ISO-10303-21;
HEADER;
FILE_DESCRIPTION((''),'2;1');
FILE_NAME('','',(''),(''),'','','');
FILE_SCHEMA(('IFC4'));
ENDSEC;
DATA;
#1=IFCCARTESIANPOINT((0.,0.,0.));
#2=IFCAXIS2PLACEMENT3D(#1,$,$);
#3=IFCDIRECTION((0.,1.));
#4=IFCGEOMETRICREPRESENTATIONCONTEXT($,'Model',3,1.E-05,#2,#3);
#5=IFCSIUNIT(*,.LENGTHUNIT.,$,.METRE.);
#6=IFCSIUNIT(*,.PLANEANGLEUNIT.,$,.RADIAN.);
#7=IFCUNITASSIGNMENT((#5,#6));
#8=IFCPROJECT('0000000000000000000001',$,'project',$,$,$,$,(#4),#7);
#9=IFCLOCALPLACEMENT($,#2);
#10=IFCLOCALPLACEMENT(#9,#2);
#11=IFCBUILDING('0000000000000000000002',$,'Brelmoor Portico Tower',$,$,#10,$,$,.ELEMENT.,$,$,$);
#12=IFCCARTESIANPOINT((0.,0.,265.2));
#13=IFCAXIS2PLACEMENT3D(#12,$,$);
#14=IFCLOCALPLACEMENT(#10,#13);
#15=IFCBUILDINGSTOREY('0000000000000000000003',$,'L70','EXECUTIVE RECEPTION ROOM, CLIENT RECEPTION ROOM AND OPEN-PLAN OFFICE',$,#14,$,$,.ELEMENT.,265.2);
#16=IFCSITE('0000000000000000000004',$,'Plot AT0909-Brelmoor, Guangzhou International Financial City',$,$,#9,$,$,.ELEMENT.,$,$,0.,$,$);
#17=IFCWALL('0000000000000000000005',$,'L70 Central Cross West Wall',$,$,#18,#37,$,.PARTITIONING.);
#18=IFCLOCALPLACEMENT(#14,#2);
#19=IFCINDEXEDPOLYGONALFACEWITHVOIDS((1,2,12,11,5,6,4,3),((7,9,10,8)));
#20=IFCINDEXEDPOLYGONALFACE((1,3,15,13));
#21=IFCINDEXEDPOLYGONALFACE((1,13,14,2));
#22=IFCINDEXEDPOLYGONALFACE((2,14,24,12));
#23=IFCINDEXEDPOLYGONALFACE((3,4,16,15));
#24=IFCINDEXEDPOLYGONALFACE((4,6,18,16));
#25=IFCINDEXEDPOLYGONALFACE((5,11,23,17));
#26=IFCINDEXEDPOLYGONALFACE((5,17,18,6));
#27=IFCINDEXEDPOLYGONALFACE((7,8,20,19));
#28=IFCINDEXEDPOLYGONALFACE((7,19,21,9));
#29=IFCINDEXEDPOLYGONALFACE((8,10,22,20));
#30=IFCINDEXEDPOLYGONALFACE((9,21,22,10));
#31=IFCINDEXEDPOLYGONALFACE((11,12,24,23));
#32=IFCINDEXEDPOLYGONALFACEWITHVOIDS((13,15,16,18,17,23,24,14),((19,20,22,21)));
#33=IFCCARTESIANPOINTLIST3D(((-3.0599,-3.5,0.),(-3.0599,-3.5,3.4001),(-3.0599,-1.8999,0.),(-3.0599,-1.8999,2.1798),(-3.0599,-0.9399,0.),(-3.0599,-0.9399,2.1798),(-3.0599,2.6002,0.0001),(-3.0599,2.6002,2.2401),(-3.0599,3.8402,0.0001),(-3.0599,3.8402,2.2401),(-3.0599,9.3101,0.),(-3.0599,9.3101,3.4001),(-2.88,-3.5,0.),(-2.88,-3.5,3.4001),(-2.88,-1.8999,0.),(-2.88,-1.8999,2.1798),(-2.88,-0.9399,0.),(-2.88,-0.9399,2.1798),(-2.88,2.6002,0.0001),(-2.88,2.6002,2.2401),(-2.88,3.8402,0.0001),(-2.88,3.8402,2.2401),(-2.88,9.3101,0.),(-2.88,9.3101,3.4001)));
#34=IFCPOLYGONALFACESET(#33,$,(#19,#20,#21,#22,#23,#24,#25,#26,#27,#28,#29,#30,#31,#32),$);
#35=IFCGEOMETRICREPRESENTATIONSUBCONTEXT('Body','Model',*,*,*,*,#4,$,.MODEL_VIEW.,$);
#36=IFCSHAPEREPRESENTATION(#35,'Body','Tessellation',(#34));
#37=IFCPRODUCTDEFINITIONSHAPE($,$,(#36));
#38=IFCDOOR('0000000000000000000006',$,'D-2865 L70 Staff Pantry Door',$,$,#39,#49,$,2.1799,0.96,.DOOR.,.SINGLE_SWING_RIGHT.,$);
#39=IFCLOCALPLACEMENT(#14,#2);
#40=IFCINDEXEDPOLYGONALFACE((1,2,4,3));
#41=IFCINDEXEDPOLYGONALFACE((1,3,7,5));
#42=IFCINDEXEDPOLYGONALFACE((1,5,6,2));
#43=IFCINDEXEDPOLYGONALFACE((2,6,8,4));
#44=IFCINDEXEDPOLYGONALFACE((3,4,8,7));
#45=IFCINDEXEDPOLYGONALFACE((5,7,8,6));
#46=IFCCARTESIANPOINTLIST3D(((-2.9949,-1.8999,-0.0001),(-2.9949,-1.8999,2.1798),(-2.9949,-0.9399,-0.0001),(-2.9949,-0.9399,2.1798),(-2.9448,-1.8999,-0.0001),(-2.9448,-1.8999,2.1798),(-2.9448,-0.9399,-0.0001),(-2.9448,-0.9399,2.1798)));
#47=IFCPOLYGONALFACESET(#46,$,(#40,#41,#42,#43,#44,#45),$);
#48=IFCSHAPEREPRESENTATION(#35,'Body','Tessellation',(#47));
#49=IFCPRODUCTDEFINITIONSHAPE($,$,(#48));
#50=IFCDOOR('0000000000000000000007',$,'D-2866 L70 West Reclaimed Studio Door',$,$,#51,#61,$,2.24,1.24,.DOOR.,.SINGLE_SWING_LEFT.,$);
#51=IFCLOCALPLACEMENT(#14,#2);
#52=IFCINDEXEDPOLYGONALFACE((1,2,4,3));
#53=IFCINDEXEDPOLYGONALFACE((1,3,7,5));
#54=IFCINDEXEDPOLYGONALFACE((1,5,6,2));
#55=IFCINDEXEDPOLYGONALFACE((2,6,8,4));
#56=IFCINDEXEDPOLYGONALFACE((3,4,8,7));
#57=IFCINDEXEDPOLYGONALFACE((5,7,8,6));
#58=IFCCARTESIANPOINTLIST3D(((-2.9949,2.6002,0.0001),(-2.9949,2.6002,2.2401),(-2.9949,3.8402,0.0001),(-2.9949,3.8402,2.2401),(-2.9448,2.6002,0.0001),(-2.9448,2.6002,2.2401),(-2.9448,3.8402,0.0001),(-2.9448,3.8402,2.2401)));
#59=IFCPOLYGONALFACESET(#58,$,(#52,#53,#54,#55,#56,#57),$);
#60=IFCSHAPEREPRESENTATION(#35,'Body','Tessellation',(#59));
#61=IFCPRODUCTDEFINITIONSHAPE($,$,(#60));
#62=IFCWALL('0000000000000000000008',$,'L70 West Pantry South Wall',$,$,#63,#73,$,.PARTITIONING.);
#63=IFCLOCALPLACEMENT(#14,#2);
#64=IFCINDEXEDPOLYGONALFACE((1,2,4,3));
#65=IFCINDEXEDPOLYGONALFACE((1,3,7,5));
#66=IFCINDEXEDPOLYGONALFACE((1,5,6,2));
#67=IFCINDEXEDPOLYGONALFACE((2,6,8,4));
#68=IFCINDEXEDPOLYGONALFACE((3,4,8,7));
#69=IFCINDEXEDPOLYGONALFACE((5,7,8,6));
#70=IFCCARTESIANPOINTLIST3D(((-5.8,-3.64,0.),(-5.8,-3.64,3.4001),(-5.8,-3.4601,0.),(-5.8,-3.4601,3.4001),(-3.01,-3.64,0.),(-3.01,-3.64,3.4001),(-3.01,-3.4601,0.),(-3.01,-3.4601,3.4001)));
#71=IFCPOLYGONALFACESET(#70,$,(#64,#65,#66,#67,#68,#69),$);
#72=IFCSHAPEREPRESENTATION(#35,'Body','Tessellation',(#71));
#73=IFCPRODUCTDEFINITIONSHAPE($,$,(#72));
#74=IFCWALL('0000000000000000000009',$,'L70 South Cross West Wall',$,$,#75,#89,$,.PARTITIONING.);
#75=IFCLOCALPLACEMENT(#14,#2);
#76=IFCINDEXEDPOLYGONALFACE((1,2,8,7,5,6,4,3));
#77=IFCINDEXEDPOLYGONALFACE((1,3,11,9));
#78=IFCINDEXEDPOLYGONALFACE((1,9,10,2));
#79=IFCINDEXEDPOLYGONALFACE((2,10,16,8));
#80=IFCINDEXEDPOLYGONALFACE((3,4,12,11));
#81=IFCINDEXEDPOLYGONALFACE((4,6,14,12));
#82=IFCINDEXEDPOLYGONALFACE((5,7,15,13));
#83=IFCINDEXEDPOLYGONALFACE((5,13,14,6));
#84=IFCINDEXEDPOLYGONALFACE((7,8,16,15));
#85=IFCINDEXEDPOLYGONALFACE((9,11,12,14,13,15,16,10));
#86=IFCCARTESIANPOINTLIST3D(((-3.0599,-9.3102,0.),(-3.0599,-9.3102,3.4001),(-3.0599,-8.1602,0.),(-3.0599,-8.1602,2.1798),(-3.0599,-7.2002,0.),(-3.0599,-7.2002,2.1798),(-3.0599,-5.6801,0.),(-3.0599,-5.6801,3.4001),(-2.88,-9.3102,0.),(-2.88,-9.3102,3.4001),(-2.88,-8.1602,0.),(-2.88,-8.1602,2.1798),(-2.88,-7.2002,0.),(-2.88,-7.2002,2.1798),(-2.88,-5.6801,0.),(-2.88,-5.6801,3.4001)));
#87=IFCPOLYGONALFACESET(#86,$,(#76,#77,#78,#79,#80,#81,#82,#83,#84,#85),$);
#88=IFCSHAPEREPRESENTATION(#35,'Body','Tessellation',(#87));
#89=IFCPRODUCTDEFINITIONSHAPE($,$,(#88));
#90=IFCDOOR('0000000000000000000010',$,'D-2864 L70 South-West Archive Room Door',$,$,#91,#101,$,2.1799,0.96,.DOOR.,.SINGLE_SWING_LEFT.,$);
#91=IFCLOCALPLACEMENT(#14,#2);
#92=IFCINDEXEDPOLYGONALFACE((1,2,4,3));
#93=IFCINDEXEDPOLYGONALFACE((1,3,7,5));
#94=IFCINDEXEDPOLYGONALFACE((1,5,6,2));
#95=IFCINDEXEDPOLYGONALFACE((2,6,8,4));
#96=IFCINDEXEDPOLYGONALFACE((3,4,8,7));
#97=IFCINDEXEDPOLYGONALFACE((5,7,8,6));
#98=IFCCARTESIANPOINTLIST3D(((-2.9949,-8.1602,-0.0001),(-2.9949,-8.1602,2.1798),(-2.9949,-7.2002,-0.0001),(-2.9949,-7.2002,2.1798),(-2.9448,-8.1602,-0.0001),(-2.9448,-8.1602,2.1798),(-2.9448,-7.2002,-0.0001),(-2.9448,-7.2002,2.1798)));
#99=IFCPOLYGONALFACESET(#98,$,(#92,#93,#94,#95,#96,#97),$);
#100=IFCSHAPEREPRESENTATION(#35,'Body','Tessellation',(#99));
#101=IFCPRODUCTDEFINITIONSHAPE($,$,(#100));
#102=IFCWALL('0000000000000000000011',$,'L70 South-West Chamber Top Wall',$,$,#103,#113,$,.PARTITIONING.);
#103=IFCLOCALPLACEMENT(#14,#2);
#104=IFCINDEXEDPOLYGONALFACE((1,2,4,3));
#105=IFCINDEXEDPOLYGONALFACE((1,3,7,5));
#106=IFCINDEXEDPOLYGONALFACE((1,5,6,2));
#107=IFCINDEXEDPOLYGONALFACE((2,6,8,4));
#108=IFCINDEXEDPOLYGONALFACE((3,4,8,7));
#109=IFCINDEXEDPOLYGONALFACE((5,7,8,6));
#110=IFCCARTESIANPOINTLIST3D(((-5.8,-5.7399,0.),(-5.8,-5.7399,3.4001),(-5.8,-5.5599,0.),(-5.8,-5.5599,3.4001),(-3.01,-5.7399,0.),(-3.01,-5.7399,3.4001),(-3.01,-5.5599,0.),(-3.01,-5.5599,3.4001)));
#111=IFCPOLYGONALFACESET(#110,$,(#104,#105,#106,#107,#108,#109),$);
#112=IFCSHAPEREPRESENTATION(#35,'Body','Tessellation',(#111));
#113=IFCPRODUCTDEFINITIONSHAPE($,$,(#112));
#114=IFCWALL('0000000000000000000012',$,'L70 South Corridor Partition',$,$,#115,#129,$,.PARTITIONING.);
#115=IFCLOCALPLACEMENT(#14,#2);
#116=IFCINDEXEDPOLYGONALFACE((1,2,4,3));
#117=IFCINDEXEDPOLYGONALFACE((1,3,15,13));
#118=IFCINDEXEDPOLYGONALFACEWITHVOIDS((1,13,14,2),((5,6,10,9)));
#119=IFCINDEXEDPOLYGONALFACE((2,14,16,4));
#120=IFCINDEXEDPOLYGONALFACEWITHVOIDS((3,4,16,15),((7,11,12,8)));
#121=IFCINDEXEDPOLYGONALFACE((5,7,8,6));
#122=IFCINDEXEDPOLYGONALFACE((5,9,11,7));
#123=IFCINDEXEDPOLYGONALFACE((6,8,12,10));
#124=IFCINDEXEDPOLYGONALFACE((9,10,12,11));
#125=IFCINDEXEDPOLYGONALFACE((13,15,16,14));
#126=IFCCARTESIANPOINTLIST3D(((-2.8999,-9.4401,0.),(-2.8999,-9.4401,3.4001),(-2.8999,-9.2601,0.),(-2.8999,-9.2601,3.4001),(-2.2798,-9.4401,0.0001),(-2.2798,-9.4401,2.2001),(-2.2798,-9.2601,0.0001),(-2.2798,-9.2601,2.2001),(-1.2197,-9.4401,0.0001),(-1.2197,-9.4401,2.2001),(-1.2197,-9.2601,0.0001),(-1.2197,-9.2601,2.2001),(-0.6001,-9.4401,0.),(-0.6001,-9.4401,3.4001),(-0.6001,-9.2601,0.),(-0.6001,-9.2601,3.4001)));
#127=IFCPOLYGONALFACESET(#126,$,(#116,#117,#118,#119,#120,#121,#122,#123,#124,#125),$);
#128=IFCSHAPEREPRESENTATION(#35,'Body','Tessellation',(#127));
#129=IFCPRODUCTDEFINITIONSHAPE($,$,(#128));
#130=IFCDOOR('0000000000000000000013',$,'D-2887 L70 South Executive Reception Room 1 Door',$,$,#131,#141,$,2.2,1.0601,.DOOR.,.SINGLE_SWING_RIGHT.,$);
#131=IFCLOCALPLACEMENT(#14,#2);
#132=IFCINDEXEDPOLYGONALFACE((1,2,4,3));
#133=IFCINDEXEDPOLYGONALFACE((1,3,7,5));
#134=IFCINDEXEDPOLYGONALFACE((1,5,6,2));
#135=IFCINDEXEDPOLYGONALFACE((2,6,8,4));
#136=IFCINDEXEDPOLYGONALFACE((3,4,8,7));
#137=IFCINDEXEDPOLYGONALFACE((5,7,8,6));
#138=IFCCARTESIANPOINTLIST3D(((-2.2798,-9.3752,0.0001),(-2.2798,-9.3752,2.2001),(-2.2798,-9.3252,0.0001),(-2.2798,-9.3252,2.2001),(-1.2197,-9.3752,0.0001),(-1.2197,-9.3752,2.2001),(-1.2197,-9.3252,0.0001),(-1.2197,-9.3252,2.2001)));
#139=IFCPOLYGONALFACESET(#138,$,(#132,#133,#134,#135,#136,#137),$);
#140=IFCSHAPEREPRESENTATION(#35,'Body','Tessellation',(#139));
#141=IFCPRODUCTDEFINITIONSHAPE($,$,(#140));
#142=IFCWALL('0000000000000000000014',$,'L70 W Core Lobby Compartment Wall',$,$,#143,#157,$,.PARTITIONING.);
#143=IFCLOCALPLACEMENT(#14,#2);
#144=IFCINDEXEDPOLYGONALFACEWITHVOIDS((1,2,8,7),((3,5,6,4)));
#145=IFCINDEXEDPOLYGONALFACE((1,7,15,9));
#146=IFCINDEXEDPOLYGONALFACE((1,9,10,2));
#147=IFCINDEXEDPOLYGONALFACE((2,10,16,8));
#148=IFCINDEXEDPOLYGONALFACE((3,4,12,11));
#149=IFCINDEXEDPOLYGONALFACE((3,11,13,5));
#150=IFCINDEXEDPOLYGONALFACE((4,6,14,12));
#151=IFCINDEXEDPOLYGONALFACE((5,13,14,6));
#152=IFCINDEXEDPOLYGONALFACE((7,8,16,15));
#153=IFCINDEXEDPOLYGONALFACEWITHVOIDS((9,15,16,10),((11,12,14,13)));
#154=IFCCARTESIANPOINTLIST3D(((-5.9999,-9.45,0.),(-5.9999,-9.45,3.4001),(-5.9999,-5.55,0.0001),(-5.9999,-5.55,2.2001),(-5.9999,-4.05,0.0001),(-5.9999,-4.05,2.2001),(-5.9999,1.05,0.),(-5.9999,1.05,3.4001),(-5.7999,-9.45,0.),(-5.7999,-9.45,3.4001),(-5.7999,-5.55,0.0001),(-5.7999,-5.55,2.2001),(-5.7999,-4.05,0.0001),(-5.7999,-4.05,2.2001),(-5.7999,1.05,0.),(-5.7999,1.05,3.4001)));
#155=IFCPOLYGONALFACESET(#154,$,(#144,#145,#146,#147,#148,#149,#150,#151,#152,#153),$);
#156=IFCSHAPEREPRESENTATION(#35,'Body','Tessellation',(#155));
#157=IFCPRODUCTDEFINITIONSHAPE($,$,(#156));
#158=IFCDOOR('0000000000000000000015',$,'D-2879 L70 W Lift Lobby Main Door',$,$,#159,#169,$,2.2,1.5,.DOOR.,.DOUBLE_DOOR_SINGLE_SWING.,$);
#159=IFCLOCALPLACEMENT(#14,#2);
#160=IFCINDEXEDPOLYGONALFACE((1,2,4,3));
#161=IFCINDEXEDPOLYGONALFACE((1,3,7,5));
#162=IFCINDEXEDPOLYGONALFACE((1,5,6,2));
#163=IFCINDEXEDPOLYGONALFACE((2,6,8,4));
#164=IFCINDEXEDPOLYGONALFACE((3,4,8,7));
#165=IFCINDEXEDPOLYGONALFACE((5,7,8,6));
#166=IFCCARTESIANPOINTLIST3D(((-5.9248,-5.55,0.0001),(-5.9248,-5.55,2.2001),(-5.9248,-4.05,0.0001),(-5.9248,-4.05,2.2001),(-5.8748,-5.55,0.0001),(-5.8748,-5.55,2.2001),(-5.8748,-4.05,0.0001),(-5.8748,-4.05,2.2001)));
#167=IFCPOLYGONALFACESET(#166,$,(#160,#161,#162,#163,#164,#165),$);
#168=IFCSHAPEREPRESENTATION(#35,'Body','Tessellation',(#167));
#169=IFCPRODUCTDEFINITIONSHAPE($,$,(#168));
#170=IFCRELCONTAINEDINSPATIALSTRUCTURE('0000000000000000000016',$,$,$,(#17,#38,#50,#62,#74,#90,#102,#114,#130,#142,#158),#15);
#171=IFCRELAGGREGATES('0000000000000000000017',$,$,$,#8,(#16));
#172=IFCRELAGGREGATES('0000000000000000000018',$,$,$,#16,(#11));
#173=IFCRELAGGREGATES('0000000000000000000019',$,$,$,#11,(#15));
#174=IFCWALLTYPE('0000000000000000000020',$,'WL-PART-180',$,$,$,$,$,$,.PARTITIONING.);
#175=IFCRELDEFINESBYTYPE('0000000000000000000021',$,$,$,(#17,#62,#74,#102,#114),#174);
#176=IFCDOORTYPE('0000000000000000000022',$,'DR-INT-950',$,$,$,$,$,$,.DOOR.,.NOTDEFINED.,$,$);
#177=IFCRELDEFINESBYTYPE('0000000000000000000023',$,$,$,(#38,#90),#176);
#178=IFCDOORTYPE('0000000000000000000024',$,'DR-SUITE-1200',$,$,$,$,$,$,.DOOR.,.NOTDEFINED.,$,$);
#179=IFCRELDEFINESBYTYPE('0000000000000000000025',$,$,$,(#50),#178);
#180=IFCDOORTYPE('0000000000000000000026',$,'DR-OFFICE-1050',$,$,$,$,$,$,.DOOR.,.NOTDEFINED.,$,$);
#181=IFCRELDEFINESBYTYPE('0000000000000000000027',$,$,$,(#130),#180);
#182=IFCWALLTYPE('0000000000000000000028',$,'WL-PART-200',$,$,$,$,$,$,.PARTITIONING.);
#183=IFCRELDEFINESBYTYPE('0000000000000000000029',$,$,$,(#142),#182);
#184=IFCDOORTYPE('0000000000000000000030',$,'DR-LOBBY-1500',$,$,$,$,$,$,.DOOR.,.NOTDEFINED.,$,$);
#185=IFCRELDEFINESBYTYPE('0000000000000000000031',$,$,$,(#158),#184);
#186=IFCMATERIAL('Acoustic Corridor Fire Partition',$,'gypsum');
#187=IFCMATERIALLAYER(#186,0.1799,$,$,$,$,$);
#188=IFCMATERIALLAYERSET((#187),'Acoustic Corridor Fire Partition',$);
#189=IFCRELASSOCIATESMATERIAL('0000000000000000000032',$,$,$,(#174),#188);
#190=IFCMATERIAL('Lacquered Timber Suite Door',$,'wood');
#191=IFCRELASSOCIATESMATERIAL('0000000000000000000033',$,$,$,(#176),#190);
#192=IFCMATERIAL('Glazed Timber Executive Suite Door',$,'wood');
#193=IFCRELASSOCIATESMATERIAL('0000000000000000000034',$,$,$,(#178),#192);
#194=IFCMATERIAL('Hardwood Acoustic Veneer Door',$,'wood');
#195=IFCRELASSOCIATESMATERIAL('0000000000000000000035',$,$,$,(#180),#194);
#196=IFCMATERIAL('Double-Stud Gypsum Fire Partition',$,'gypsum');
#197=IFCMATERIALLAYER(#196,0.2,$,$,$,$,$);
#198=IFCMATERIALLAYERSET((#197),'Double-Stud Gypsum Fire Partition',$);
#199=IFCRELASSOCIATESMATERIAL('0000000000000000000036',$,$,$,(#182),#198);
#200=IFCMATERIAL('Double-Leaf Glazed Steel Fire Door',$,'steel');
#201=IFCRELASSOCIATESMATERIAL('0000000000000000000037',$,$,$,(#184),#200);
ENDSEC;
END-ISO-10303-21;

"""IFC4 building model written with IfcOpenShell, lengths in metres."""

from ifc_helpers import new_model, si_unit, direction, frame, frame_2d, origin, place, context, subcontext, project, spatial, rectangle, extrude, material, layer, layer_set, type_object, element, fill, save


model = new_model("IFC4")

# Units and contexts
model_context = context("Model", 3, precision=1e-05, world=origin(), true_north=direction((0.0, 1.0)))
body_context = subcontext(model_context, "Body", "Model", "MODEL_VIEW")
ifc_project = project(units=[si_unit("LENGTHUNIT", "METRE"), si_unit("PLANEANGLEUNIT", "RADIAN")], contexts=[model_context])

# Site, building, storey
site_placement = place(None, origin())
site = spatial("IfcSite", under=ifc_project, at=site_placement, Name="Plot AT0909-Brelmoor, Guangzhou International Financial City", CompositionType="ELEMENT", RefElevation=0.0)
building_placement = place(site_placement, origin())
building = spatial("IfcBuilding", under=site, at=building_placement, Name="Brelmoor Portico Tower", CompositionType="ELEMENT")
storey_placement = place(building_placement, frame((0.0, 0.0, 265.2)))
storey = spatial("IfcBuildingStorey", under=building, at=storey_placement, Name="L70", Description="EXECUTIVE RECEPTION ROOM, CLIENT RECEPTION ROOM AND OPEN-PLAN OFFICE", CompositionType="ELEMENT", Elevation=265.2)

# Wall, openings, doors
ifc_material_1 = material(Name="Acoustic Corridor Fire Partition", Category="gypsum")
ifc_layer_1 = layer(ifc_material_1, 0.1799)
ifc_layer_set_1 = layer_set([ifc_layer_1], Name="Acoustic Corridor Fire Partition")
wall_type_1 = type_object("IfcWallType", Name="WL-PART-180", PredefinedType="PARTITIONING", material=ifc_layer_set_1)
wall_1_placement = place(storey_placement, frame((-2.97, -3.5, 0.0), z_axis=(0.0, 0.0, 1.0), x_axis=(0.0, 1.0, 0.0)))
wall_1 = element("IfcWall", 1, at=wall_1_placement, inside=storey, type_object=wall_type_1, Name="L70 Central Cross West Wall", PredefinedType="PARTITIONING", context=body_context, shape_type="SweptSolid", body=[
    extrude(rectangle(XDim=12.8101, YDim=0.1799, at=frame_2d((6.405, 0.0))), origin(), (0.0, 0.0, 1.0), 3.4001),
])
opening_1_placement = place(wall_1_placement, frame((6.1001, 0.0, 0.0)))
opening_1 = element("IfcOpeningElement", 2, at=opening_1_placement, cuts=wall_1, PredefinedType="OPENING", context=body_context, shape_type="SweptSolid", body=[
    extrude(rectangle(XDim=1.24, YDim=2.24, at=frame_2d((0.6201, 1.1201))), frame((0.0, 0.0999, 0.0), z_axis=(0.0, -1.0, 0.0), x_axis=(1.0, 0.0, 0.0)), (0.0, 0.0, 1.0), 0.2),
])
opening_2_placement = place(wall_1_placement, frame((1.6001, 0.0, 0.0)))
opening_2 = element("IfcOpeningElement", 3, at=opening_2_placement, cuts=wall_1, PredefinedType="OPENING", context=body_context, shape_type="SweptSolid", body=[
    extrude(rectangle(XDim=0.96, YDim=2.1799, at=frame_2d((0.48, 1.0898))), frame((0.0, 0.0999, 0.0), z_axis=(0.0, -1.0, 0.0), x_axis=(1.0, 0.0, 0.0)), (0.0, 0.0, 1.0), 0.2),
])
ifc_material_2 = material(Name="Lacquered Timber Suite Door", Category="wood")
door_type_1 = type_object("IfcDoorType", Name="DR-INT-950", OperationType="NOTDEFINED", PredefinedType="DOOR", material=ifc_material_2)
door_1_placement = place(opening_2_placement, origin())
door_1 = element("IfcDoor", 4, at=door_1_placement, inside=storey, type_object=door_type_1, Name="D-2865 L70 Staff Pantry Door", OperationType="SINGLE_SWING_RIGHT", OverallHeight=2.1799, OverallWidth=0.96, PredefinedType="DOOR", context=body_context, shape_type="SweptSolid", body=[
    extrude(rectangle(XDim=0.96, YDim=2.1799, at=frame_2d((0.48, 1.0898))), frame((0.0, 0.0249, 0.0), z_axis=(0.0, -1.0, 0.0), x_axis=(1.0, 0.0, 0.0)), (0.0, 0.0, 1.0), 0.05),
])
fill(opening_2, door_1)
ifc_material_3 = material(Name="Glazed Timber Executive Suite Door", Category="wood")
door_type_2 = type_object("IfcDoorType", Name="DR-SUITE-1200", OperationType="NOTDEFINED", PredefinedType="DOOR", material=ifc_material_3)
door_2_placement = place(opening_1_placement, origin())
door_2 = element("IfcDoor", 5, at=door_2_placement, inside=storey, type_object=door_type_2, Name="D-2866 L70 West Reclaimed Studio Door", OperationType="SINGLE_SWING_LEFT", OverallHeight=2.24, OverallWidth=1.24, PredefinedType="DOOR", context=body_context, shape_type="SweptSolid", body=[
    extrude(rectangle(XDim=1.24, YDim=2.24, at=frame_2d((0.6201, 1.1201))), frame((0.0, 0.0249, 0.0), z_axis=(0.0, -1.0, 0.0), x_axis=(1.0, 0.0, 0.0)), (0.0, 0.0, 1.0), 0.05),
])
fill(opening_1, door_2)

# Wall
wall_2_placement = place(storey_placement, frame((-5.8, -3.55, 0.0), z_axis=(0.0, 0.0, 1.0), x_axis=(1.0, 0.0, 0.0)))
element("IfcWall", 6, at=wall_2_placement, inside=storey, type_object=wall_type_1, Name="L70 West Pantry South Wall", PredefinedType="PARTITIONING", context=body_context, shape_type="SweptSolid", body=[
    extrude(rectangle(XDim=2.79, YDim=0.1799, at=frame_2d((1.395, 0.0))), origin(), (0.0, 0.0, 1.0), 3.4001),
])

# Wall, opening, door
wall_3_placement = place(storey_placement, frame((-2.97, -9.3101, 0.0), z_axis=(0.0, 0.0, 1.0), x_axis=(0.0, 1.0, 0.0)))
wall_3 = element("IfcWall", 7, at=wall_3_placement, inside=storey, type_object=wall_type_1, Name="L70 South Cross West Wall", PredefinedType="PARTITIONING", context=body_context, shape_type="SweptSolid", body=[
    extrude(rectangle(XDim=3.6301, YDim=0.1799, at=frame_2d((1.8149, 0.0))), origin(), (0.0, 0.0, 1.0), 3.4001),
])
opening_3_placement = place(wall_3_placement, frame((1.1499, 0.0, 0.0)))
opening_3 = element("IfcOpeningElement", 8, at=opening_3_placement, cuts=wall_3, PredefinedType="OPENING", context=body_context, shape_type="SweptSolid", body=[
    extrude(rectangle(XDim=0.96, YDim=2.1799, at=frame_2d((0.48, 1.0898))), frame((0.0, 0.0999, 0.0), z_axis=(0.0, -1.0, 0.0), x_axis=(1.0, 0.0, 0.0)), (0.0, 0.0, 1.0), 0.2),
])
door_3_placement = place(opening_3_placement, origin())
door_3 = element("IfcDoor", 9, at=door_3_placement, inside=storey, type_object=door_type_1, Name="D-2864 L70 South-West Archive Room Door", OperationType="SINGLE_SWING_LEFT", OverallHeight=2.1799, OverallWidth=0.96, PredefinedType="DOOR", context=body_context, shape_type="SweptSolid", body=[
    extrude(rectangle(XDim=0.96, YDim=2.1799, at=frame_2d((0.48, 1.0898))), frame((0.0, 0.0249, 0.0), z_axis=(0.0, -1.0, 0.0), x_axis=(1.0, 0.0, 0.0)), (0.0, 0.0, 1.0), 0.05),
])
fill(opening_3, door_3)

# Wall
wall_4_placement = place(storey_placement, frame((-5.8, -5.6499, 0.0), z_axis=(0.0, 0.0, 1.0), x_axis=(1.0, 0.0, 0.0)))
element("IfcWall", 10, at=wall_4_placement, inside=storey, type_object=wall_type_1, Name="L70 South-West Chamber Top Wall", PredefinedType="PARTITIONING", context=body_context, shape_type="SweptSolid", body=[
    extrude(rectangle(XDim=2.79, YDim=0.1799, at=frame_2d((1.395, 0.0))), origin(), (0.0, 0.0, 1.0), 3.4001),
])

# Walls, openings, doors
wall_5_placement = place(storey_placement, frame((-2.8999, -9.3501, 0.0), z_axis=(0.0, 0.0, 1.0), x_axis=(1.0, 0.0, 0.0)))
wall_5 = element("IfcWall", 11, at=wall_5_placement, inside=storey, type_object=wall_type_1, Name="L70 South Corridor Partition", PredefinedType="PARTITIONING", context=body_context, shape_type="SweptSolid", body=[
    extrude(rectangle(XDim=2.2998, YDim=0.1799, at=frame_2d((1.1499, 0.0))), origin(), (0.0, 0.0, 1.0), 3.4001),
])
opening_4_placement = place(wall_5_placement, frame((0.6201, 0.0, 0.0)))
opening_4 = element("IfcOpeningElement", 12, at=opening_4_placement, cuts=wall_5, PredefinedType="OPENING", context=body_context, shape_type="SweptSolid", body=[
    extrude(rectangle(XDim=1.0601, YDim=2.2, at=frame_2d((0.53, 1.1001))), frame((0.0, 0.0999, 0.0), z_axis=(0.0, -1.0, 0.0), x_axis=(1.0, 0.0, 0.0)), (0.0, 0.0, 1.0), 0.2),
])
ifc_material_4 = material(Name="Hardwood Acoustic Veneer Door", Category="wood")
door_type_3 = type_object("IfcDoorType", Name="DR-OFFICE-1050", OperationType="NOTDEFINED", PredefinedType="DOOR", material=ifc_material_4)
door_4_placement = place(opening_4_placement, origin())
door_4 = element("IfcDoor", 13, at=door_4_placement, inside=storey, type_object=door_type_3, Name="D-2887 L70 South Executive Reception Room 1 Door", OperationType="SINGLE_SWING_RIGHT", OverallHeight=2.2, OverallWidth=1.0601, PredefinedType="DOOR", context=body_context, shape_type="SweptSolid", body=[
    extrude(rectangle(XDim=1.0601, YDim=2.2, at=frame_2d((0.53, 1.1001))), frame((0.0, 0.0249, 0.0), z_axis=(0.0, -1.0, 0.0), x_axis=(1.0, 0.0, 0.0)), (0.0, 0.0, 1.0), 0.05),
])
fill(opening_4, door_4)
ifc_material_5 = material(Name="Double-Stud Gypsum Fire Partition", Category="gypsum")
ifc_layer_2 = layer(ifc_material_5, 0.2)
ifc_layer_set_2 = layer_set([ifc_layer_2], Name="Double-Stud Gypsum Fire Partition")
wall_type_2 = type_object("IfcWallType", Name="WL-PART-200", PredefinedType="PARTITIONING", material=ifc_layer_set_2)
wall_6_placement = place(storey_placement, frame((-5.8999, -9.45, 0.0), z_axis=(0.0, 0.0, 1.0), x_axis=(0.0, 1.0, 0.0)))
wall_6 = element("IfcWall", 14, at=wall_6_placement, inside=storey, type_object=wall_type_2, Name="L70 W Core Lobby Compartment Wall", PredefinedType="PARTITIONING", context=body_context, shape_type="SweptSolid", body=[
    extrude(rectangle(XDim=10.5, YDim=0.2, at=frame_2d((5.25, 0.0))), origin(), (0.0, 0.0, 1.0), 3.4001),
])
opening_5_placement = place(wall_6_placement, frame((3.8999, 0.0, 0.0)))
opening_5 = element("IfcOpeningElement", 15, at=opening_5_placement, cuts=wall_6, PredefinedType="OPENING", context=body_context, shape_type="SweptSolid", body=[
    extrude(rectangle(XDim=1.5, YDim=2.2, at=frame_2d((0.75, 1.1001))), frame((0.0, 0.1099, 0.0), z_axis=(0.0, -1.0, 0.0), x_axis=(1.0, 0.0, 0.0)), (0.0, 0.0, 1.0), 0.22),
])
ifc_material_6 = material(Name="Double-Leaf Glazed Steel Fire Door", Category="steel")
door_type_4 = type_object("IfcDoorType", Name="DR-LOBBY-1500", OperationType="NOTDEFINED", PredefinedType="DOOR", material=ifc_material_6)
door_5_placement = place(opening_5_placement, origin())
door_5 = element("IfcDoor", 16, at=door_5_placement, inside=storey, type_object=door_type_4, Name="D-2879 L70 W Lift Lobby Main Door", OperationType="DOUBLE_DOOR_SINGLE_SWING", OverallHeight=2.2, OverallWidth=1.5, PredefinedType="DOOR", context=body_context, shape_type="SweptSolid", body=[
    extrude(rectangle(XDim=1.5, YDim=2.2, at=frame_2d((0.75, 1.1001))), frame((0.0, 0.0249, 0.0), z_axis=(0.0, -1.0, 0.0), x_axis=(1.0, 0.0, 0.0)), (0.0, 0.0, 1.0), 0.05),
])
fill(opening_5, door_5)

save(model, "model.ifc")
